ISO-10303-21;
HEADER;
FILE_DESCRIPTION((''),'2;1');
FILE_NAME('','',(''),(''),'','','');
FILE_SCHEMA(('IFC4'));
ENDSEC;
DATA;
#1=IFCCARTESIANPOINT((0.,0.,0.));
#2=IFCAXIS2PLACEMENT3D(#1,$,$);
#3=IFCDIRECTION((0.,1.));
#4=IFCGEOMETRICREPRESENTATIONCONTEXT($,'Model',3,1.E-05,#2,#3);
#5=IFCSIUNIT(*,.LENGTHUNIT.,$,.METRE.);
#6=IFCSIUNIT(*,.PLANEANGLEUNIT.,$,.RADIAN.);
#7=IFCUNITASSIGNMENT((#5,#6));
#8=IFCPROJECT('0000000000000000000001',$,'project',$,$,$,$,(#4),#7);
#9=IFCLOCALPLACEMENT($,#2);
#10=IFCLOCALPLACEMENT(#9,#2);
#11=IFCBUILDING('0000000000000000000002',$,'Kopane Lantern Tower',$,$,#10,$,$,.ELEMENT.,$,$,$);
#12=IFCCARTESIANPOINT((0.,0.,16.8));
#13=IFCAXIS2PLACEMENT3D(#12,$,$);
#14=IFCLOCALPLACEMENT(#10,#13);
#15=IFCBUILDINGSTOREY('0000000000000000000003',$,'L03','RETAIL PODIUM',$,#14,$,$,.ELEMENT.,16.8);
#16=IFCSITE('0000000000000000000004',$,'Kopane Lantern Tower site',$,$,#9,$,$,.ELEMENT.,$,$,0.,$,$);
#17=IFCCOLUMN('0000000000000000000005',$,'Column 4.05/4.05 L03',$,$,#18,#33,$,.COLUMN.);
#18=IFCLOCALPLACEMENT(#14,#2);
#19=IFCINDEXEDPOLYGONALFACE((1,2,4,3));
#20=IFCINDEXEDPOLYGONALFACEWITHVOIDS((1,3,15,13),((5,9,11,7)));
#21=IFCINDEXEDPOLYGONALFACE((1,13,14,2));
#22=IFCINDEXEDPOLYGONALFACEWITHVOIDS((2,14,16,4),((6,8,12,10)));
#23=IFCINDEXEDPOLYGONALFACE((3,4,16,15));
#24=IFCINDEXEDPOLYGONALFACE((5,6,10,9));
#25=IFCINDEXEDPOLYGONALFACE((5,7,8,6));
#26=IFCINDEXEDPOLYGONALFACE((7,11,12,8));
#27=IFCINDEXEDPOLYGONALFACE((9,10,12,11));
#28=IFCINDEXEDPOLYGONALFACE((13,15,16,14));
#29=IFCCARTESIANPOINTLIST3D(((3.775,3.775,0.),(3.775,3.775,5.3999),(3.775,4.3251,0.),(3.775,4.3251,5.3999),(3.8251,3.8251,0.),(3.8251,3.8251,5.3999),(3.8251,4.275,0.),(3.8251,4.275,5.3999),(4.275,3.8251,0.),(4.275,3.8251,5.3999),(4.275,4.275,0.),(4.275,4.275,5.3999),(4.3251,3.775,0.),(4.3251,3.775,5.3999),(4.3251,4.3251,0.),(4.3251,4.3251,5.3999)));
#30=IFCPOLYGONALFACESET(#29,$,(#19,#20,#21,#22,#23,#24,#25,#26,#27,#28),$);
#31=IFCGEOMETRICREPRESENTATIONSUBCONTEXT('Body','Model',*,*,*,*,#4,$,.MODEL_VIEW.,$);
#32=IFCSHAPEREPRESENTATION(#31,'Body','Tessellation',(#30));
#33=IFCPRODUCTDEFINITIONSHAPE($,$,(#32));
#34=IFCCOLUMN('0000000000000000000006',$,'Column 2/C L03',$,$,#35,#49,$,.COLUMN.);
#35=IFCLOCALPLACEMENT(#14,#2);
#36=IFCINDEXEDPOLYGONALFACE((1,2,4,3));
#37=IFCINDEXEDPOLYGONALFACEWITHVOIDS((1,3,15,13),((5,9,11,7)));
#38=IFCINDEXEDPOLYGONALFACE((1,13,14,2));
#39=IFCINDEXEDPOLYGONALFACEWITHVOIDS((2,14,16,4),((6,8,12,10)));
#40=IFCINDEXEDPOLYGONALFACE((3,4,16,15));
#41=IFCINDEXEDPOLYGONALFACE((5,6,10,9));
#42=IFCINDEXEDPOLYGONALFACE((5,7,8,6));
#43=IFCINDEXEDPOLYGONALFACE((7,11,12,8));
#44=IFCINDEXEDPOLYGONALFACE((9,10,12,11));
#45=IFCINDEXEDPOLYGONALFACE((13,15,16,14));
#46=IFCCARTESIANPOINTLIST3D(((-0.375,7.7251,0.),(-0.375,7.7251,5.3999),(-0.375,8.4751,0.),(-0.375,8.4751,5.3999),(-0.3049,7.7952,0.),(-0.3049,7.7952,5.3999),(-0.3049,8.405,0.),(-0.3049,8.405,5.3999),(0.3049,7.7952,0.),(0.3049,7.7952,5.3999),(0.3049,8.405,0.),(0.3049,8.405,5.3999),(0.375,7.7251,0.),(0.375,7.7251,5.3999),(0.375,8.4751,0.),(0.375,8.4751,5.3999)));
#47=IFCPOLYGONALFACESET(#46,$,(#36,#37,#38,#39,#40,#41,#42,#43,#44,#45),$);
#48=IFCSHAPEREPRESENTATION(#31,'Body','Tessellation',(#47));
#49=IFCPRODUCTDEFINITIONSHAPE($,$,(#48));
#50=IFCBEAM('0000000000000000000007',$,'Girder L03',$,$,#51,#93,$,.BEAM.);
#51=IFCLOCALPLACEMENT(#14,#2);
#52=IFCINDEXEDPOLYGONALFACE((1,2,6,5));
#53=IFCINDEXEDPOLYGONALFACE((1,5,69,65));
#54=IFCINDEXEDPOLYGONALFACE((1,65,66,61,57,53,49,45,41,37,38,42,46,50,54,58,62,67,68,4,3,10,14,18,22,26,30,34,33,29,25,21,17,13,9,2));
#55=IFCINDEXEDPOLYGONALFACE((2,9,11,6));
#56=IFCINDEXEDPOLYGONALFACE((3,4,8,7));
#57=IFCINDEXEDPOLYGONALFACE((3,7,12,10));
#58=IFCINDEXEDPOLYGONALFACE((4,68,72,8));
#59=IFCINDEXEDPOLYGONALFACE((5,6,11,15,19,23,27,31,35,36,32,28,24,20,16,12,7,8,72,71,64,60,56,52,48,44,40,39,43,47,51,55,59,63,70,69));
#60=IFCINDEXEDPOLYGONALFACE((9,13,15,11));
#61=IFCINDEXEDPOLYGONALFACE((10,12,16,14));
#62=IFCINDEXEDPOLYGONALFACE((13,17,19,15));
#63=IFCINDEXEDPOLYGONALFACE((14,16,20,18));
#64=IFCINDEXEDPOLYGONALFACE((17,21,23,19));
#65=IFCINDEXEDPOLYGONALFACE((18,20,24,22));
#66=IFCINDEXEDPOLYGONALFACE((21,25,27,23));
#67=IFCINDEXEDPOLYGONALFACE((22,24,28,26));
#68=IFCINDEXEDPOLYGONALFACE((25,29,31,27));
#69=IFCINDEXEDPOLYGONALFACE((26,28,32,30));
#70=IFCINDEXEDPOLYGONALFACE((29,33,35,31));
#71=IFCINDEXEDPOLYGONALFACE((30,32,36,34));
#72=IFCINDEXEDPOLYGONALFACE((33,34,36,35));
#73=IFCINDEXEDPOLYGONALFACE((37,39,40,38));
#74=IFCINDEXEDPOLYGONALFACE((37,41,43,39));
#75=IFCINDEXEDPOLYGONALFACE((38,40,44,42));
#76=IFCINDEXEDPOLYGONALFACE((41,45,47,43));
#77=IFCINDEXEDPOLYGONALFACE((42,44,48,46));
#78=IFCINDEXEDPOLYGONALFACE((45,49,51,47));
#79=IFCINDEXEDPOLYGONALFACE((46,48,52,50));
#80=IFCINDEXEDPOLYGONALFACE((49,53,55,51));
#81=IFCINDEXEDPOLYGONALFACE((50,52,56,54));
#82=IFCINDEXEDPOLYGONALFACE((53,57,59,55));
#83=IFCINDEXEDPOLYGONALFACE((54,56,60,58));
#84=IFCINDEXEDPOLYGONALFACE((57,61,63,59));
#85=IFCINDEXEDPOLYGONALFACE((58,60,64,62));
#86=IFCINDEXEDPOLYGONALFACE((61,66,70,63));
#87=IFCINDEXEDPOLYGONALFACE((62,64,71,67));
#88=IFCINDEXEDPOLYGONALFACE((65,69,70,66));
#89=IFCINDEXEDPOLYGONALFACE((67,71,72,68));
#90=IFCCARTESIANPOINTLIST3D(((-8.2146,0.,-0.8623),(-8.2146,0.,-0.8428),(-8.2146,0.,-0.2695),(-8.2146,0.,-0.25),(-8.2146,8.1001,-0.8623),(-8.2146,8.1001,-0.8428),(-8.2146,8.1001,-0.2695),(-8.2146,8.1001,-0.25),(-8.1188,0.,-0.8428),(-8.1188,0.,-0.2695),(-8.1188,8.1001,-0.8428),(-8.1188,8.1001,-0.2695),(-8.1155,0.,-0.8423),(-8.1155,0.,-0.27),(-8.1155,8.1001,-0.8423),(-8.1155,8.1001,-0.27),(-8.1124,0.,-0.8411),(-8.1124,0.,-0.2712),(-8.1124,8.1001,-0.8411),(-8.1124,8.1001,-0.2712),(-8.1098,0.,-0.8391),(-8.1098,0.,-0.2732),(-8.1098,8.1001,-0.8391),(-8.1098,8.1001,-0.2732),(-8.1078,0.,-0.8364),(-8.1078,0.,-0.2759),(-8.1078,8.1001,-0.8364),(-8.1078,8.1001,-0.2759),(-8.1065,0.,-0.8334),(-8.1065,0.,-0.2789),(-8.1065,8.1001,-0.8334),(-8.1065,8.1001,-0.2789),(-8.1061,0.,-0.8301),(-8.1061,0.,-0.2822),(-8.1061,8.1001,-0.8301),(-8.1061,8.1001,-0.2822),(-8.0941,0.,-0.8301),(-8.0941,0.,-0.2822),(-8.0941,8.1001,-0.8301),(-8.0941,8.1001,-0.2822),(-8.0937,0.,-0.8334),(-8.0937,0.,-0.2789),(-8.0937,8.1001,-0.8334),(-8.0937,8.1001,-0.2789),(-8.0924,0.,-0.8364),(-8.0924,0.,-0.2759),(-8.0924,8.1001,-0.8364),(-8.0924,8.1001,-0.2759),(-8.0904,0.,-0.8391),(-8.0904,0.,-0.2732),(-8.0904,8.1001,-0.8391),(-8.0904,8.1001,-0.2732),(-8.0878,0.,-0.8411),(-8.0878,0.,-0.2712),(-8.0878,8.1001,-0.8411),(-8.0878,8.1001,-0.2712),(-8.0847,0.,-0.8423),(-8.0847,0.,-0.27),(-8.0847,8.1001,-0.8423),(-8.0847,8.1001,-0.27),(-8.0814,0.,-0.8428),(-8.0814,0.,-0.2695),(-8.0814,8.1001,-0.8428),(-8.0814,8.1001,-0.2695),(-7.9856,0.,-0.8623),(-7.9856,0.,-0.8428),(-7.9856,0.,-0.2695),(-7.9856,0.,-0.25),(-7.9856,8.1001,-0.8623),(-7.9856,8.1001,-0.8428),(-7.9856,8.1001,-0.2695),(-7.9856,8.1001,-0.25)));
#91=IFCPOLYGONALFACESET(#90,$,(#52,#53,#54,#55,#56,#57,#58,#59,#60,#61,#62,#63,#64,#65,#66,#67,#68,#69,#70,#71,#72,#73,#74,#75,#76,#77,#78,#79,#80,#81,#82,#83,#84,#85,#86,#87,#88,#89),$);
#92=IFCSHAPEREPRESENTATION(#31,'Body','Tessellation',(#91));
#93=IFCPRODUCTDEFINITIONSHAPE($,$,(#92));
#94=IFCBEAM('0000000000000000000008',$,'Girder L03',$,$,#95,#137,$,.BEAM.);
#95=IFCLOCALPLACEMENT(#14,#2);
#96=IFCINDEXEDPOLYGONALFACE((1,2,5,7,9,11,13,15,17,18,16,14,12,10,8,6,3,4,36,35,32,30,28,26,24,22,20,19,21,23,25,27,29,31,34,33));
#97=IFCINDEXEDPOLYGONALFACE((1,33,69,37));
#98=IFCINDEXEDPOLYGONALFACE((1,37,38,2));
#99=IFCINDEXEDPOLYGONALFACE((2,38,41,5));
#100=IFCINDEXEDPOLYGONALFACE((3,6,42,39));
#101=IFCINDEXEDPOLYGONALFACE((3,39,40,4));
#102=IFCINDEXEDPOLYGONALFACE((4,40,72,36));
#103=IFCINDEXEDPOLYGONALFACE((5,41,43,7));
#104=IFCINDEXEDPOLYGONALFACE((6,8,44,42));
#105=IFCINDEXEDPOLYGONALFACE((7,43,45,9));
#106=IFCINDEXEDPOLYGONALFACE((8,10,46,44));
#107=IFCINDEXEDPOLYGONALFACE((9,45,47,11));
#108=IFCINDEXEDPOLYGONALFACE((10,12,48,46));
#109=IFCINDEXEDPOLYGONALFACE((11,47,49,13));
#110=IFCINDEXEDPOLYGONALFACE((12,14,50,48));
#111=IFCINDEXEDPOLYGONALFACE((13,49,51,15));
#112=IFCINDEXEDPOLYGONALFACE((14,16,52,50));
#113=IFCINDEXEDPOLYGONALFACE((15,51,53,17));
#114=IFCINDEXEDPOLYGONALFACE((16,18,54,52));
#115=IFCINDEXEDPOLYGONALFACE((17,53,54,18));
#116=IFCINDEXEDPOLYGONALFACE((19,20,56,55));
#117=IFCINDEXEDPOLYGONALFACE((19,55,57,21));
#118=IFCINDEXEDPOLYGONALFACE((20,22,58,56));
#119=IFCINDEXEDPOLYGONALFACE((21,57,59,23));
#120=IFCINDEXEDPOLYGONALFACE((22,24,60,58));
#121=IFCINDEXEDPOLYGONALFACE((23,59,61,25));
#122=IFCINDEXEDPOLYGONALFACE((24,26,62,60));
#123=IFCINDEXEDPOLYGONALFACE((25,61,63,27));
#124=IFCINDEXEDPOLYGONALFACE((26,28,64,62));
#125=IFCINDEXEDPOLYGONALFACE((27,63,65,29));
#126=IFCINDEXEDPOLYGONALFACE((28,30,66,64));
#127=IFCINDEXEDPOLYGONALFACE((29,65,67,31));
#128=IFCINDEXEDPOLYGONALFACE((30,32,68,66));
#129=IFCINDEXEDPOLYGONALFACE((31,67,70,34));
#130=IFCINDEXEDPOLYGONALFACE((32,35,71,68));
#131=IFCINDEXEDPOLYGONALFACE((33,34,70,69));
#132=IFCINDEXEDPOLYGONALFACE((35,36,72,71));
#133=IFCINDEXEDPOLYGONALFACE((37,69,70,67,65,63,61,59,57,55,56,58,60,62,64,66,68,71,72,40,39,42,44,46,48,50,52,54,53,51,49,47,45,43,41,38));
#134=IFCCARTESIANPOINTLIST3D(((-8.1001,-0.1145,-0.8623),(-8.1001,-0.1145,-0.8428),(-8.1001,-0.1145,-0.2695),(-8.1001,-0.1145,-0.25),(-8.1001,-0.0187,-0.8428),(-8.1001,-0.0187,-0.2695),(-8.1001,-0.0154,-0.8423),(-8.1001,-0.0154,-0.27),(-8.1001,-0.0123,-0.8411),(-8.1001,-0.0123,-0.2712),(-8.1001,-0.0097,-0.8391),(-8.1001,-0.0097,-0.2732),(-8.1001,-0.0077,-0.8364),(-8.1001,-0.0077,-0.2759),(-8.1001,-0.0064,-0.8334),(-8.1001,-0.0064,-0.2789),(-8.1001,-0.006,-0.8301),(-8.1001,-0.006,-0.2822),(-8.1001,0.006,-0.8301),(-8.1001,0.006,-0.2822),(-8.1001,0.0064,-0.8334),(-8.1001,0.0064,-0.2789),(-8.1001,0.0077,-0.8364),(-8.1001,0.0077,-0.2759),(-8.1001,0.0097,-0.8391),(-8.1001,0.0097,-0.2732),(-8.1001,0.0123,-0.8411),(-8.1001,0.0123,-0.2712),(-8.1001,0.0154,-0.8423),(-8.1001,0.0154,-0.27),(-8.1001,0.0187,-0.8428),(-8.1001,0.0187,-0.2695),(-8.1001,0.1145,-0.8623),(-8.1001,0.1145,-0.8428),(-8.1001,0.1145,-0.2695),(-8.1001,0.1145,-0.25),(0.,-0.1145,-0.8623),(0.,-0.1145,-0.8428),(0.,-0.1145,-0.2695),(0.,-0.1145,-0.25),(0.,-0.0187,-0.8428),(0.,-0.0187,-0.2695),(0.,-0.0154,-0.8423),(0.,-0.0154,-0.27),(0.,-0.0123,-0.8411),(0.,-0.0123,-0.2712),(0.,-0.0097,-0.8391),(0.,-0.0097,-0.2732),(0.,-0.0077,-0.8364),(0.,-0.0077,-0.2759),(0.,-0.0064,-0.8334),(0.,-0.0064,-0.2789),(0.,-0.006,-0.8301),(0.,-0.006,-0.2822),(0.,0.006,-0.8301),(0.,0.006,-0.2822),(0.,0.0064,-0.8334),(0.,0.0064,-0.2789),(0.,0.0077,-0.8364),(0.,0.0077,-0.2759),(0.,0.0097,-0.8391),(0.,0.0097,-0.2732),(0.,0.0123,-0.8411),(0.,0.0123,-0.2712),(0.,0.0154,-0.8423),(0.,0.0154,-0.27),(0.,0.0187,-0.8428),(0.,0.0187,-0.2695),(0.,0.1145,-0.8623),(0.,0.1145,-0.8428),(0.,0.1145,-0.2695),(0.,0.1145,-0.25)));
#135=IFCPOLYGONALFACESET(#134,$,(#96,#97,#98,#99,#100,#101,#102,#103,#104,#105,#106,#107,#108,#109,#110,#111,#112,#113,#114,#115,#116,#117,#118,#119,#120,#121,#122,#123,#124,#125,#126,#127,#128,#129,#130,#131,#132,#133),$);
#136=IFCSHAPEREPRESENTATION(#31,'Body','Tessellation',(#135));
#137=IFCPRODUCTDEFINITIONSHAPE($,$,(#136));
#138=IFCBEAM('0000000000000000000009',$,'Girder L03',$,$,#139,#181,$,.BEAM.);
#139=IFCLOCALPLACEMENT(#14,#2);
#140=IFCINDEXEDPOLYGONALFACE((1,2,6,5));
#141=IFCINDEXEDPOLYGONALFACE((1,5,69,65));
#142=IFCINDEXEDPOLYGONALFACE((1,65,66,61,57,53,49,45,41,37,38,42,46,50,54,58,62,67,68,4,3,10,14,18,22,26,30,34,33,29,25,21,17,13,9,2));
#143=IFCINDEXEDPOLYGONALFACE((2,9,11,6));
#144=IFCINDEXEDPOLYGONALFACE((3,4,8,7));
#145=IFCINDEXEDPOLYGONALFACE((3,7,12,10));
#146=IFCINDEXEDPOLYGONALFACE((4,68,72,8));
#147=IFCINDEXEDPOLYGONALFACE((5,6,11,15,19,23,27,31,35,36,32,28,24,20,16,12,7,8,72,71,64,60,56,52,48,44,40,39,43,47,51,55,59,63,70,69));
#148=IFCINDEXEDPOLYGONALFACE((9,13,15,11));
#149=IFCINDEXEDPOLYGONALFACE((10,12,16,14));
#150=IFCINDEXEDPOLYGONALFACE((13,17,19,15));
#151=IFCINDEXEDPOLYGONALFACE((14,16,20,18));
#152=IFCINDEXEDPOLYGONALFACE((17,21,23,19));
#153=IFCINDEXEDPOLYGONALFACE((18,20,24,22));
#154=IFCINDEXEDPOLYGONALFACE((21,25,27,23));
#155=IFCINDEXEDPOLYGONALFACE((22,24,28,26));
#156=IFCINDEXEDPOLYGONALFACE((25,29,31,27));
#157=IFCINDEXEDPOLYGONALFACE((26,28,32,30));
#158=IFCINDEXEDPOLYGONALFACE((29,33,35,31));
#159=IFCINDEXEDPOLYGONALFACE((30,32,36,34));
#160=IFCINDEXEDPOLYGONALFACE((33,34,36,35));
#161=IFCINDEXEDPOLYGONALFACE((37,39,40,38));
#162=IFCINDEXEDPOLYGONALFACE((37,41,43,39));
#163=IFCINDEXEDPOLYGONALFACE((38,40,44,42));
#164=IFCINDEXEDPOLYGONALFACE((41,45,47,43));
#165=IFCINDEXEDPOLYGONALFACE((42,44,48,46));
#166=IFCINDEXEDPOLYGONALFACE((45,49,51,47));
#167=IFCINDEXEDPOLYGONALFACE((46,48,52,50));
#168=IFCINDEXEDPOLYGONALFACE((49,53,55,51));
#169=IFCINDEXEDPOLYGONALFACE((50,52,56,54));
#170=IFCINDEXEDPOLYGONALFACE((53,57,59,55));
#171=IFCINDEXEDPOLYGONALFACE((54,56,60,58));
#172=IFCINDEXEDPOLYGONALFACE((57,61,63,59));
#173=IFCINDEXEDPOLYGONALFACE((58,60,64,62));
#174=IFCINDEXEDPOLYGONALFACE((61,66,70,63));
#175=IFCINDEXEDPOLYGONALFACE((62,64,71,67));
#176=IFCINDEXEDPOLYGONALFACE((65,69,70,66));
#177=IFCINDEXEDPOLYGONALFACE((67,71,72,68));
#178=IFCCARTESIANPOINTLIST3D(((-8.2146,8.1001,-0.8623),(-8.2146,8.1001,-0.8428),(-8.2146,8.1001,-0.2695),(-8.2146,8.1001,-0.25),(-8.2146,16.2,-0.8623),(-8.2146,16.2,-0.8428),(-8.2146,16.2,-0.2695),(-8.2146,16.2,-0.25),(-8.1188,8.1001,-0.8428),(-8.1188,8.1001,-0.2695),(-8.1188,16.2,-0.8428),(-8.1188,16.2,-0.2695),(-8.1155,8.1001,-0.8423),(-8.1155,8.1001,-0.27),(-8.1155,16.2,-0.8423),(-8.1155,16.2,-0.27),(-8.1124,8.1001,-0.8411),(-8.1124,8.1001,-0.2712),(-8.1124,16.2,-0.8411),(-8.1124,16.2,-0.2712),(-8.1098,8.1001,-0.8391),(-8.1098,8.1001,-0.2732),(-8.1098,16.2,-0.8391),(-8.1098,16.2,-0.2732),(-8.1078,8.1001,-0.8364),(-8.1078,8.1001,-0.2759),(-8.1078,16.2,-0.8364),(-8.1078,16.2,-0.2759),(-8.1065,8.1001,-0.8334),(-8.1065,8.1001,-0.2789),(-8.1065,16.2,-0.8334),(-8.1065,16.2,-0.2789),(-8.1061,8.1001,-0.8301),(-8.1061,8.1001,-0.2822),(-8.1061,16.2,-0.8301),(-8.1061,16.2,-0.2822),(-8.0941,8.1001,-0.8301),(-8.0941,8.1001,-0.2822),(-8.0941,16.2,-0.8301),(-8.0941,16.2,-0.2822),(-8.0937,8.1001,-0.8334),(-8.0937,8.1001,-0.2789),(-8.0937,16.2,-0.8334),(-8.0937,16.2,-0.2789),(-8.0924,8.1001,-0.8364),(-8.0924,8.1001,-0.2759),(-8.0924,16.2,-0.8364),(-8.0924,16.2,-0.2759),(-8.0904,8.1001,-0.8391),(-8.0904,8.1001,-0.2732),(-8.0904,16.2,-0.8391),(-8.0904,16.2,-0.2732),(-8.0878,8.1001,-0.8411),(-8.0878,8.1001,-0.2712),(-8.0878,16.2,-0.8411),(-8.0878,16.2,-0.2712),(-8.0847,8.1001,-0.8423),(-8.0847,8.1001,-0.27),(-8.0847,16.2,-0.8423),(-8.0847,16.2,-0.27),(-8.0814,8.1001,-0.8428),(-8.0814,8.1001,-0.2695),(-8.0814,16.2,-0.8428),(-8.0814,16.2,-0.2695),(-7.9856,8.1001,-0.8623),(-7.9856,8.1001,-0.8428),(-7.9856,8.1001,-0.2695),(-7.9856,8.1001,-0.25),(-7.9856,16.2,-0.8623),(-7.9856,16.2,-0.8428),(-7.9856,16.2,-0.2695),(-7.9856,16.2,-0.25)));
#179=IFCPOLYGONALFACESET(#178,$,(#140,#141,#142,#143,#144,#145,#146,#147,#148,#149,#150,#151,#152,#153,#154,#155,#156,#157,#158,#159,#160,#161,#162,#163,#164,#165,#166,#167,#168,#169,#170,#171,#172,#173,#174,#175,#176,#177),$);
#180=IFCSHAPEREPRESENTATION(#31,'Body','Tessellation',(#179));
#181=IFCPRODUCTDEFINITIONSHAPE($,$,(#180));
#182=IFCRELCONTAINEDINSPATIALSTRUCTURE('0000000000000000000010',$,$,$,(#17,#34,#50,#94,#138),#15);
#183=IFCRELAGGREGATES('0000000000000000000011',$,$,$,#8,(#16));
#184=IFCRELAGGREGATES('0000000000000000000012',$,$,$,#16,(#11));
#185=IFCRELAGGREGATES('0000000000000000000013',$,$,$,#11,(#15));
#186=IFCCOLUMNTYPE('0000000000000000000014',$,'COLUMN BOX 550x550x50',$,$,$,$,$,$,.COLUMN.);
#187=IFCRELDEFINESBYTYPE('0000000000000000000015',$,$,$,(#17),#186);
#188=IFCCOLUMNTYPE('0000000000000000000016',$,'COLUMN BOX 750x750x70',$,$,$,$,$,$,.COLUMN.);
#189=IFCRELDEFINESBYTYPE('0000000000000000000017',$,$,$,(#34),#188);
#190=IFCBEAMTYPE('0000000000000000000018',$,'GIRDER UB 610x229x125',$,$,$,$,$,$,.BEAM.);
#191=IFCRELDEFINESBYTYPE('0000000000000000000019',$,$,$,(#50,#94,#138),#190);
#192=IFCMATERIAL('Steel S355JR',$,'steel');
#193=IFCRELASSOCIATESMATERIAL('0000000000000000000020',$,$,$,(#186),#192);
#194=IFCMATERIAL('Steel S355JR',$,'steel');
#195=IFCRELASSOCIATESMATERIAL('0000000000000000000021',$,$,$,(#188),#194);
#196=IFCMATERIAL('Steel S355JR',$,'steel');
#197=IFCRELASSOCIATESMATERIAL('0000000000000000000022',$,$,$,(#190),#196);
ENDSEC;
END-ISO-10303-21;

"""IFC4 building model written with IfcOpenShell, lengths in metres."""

from ifc_helpers import new_model, si_unit, direction, frame, origin, origin_2d, place, context, subcontext, project, spatial, hollow_rectangle, i_section, extrude, material, material_profile, profile_set, type_object, element, save


model = new_model("IFC4")

# Units and contexts
model_context = context("Model", 3, precision=1e-05, world=origin(), true_north=direction((0.0, 1.0)))
body_context = subcontext(model_context, "Body", "Model", "MODEL_VIEW")
ifc_project = project(units=[si_unit("LENGTHUNIT", "METRE"), si_unit("PLANEANGLEUNIT", "RADIAN")], contexts=[model_context])

# Site, building, storey
site_placement = place(None, origin())
site = spatial("IfcSite", under=ifc_project, at=site_placement, Name="Kopane Lantern Tower site", CompositionType="ELEMENT", RefElevation=0.0)
building_placement = place(site_placement, origin())
building = spatial("IfcBuilding", under=site, at=building_placement, Name="Kopane Lantern Tower", CompositionType="ELEMENT")
storey_placement = place(building_placement, frame((0.0, 0.0, 16.8)))
storey = spatial("IfcBuildingStorey", under=building, at=storey_placement, Name="L03", Description="RETAIL PODIUM", CompositionType="ELEMENT", Elevation=16.8)

# Columns
ifc_material_1 = material(Name="Steel S355JR", Category="steel")
ifc_material_profile_1 = material_profile(ifc_material_1, hollow_rectangle(XDim=0.55, YDim=0.55, WallThickness=0.05, at=origin_2d()), Name="BOX 550x550x50")
ifc_profile_set_1 = profile_set([ifc_material_profile_1], Name="Steel S355JR")
column_type_1 = type_object("IfcColumnType", Name="COLUMN BOX 550x550x50", PredefinedType="COLUMN", material=ifc_profile_set_1)
column_1_placement = place(storey_placement, frame((4.05, 4.05, 0.0), z_axis=(0.0, 0.0, 1.0), x_axis=(1.0, 0.0, 0.0)))
element("IfcColumn", 1, at=column_1_placement, inside=storey, type_object=column_type_1, Name="Column 4.05/4.05 L03", PredefinedType="COLUMN", context=body_context, shape_type="SweptSolid", body=[
    extrude(hollow_rectangle(XDim=0.55, YDim=0.55, WallThickness=0.05, at=origin_2d()), origin(), (0.0, 0.0, 1.0), 5.3999),
])
ifc_material_2 = material(Name="Steel S355JR", Category="steel")
ifc_material_profile_2 = material_profile(ifc_material_2, hollow_rectangle(XDim=0.75, YDim=0.75, WallThickness=0.0701, at=origin_2d()), Name="BOX 750x750x70")
ifc_profile_set_2 = profile_set([ifc_material_profile_2], Name="Steel S355JR")
column_type_2 = type_object("IfcColumnType", Name="COLUMN BOX 750x750x70", PredefinedType="COLUMN", material=ifc_profile_set_2)
column_2_placement = place(storey_placement, frame((0.0, 8.1001, 0.0), z_axis=(0.0, 0.0, 1.0), x_axis=(1.0, 0.0, 0.0)))
element("IfcColumn", 2, at=column_2_placement, inside=storey, type_object=column_type_2, Name="Column 2/C L03", PredefinedType="COLUMN", context=body_context, shape_type="SweptSolid", body=[
    extrude(hollow_rectangle(XDim=0.75, YDim=0.75, WallThickness=0.0701, at=origin_2d()), origin(), (0.0, 0.0, 1.0), 5.3999),
])

# Beams
ifc_material_3 = material(Name="Steel S355JR", Category="steel")
ifc_material_profile_3 = material_profile(ifc_material_3, i_section(OverallWidth=0.229, OverallDepth=0.6123, WebThickness=0.012, FlangeThickness=0.0195, FilletRadius=0.0127, at=origin_2d()), Name="UB 610x229x125")
ifc_profile_set_3 = profile_set([ifc_material_profile_3], Name="Steel S355JR")
beam_type = type_object("IfcBeamType", Name="GIRDER UB 610x229x125", PredefinedType="BEAM", material=ifc_profile_set_3)
for number, where, z_axis, x_axis, name in (
    (3, (-8.1001, 0.0, -0.5562), (0.0, 1.0, 0.0), (-1.0, 0.0, 0.0), "Girder L03"),
    (4, (-8.1001, 0.0, -0.5562), (1.0, 0.0, 0.0), (0.0, 1.0, 0.0), "Girder L03"),
):
    element("IfcBeam", number, at=place(storey_placement, frame(where, z_axis=z_axis, x_axis=x_axis)), inside=storey, type_object=beam_type, Name=name, PredefinedType="BEAM", context=body_context, shape_type="SweptSolid", body=[
        extrude(i_section(OverallWidth=0.229, OverallDepth=0.6123, WebThickness=0.012, FlangeThickness=0.0195, FilletRadius=0.0127, at=origin_2d()), origin(), (0.0, 0.0, 1.0), 8.1001),
    ])
beam_1_placement = place(storey_placement, frame((-8.1001, 8.1001, -0.5562), z_axis=(0.0, 1.0, 0.0), x_axis=(-1.0, 0.0, 0.0)))
element("IfcBeam", 5, at=beam_1_placement, inside=storey, type_object=beam_type, Name="Girder L03", PredefinedType="BEAM", context=body_context, shape_type="SweptSolid", body=[
    extrude(i_section(OverallWidth=0.229, OverallDepth=0.6123, WebThickness=0.012, FlangeThickness=0.0195, FilletRadius=0.0127, at=origin_2d()), origin(), (0.0, 0.0, 1.0), 8.0999),
])

save(model, "model.ifc")
